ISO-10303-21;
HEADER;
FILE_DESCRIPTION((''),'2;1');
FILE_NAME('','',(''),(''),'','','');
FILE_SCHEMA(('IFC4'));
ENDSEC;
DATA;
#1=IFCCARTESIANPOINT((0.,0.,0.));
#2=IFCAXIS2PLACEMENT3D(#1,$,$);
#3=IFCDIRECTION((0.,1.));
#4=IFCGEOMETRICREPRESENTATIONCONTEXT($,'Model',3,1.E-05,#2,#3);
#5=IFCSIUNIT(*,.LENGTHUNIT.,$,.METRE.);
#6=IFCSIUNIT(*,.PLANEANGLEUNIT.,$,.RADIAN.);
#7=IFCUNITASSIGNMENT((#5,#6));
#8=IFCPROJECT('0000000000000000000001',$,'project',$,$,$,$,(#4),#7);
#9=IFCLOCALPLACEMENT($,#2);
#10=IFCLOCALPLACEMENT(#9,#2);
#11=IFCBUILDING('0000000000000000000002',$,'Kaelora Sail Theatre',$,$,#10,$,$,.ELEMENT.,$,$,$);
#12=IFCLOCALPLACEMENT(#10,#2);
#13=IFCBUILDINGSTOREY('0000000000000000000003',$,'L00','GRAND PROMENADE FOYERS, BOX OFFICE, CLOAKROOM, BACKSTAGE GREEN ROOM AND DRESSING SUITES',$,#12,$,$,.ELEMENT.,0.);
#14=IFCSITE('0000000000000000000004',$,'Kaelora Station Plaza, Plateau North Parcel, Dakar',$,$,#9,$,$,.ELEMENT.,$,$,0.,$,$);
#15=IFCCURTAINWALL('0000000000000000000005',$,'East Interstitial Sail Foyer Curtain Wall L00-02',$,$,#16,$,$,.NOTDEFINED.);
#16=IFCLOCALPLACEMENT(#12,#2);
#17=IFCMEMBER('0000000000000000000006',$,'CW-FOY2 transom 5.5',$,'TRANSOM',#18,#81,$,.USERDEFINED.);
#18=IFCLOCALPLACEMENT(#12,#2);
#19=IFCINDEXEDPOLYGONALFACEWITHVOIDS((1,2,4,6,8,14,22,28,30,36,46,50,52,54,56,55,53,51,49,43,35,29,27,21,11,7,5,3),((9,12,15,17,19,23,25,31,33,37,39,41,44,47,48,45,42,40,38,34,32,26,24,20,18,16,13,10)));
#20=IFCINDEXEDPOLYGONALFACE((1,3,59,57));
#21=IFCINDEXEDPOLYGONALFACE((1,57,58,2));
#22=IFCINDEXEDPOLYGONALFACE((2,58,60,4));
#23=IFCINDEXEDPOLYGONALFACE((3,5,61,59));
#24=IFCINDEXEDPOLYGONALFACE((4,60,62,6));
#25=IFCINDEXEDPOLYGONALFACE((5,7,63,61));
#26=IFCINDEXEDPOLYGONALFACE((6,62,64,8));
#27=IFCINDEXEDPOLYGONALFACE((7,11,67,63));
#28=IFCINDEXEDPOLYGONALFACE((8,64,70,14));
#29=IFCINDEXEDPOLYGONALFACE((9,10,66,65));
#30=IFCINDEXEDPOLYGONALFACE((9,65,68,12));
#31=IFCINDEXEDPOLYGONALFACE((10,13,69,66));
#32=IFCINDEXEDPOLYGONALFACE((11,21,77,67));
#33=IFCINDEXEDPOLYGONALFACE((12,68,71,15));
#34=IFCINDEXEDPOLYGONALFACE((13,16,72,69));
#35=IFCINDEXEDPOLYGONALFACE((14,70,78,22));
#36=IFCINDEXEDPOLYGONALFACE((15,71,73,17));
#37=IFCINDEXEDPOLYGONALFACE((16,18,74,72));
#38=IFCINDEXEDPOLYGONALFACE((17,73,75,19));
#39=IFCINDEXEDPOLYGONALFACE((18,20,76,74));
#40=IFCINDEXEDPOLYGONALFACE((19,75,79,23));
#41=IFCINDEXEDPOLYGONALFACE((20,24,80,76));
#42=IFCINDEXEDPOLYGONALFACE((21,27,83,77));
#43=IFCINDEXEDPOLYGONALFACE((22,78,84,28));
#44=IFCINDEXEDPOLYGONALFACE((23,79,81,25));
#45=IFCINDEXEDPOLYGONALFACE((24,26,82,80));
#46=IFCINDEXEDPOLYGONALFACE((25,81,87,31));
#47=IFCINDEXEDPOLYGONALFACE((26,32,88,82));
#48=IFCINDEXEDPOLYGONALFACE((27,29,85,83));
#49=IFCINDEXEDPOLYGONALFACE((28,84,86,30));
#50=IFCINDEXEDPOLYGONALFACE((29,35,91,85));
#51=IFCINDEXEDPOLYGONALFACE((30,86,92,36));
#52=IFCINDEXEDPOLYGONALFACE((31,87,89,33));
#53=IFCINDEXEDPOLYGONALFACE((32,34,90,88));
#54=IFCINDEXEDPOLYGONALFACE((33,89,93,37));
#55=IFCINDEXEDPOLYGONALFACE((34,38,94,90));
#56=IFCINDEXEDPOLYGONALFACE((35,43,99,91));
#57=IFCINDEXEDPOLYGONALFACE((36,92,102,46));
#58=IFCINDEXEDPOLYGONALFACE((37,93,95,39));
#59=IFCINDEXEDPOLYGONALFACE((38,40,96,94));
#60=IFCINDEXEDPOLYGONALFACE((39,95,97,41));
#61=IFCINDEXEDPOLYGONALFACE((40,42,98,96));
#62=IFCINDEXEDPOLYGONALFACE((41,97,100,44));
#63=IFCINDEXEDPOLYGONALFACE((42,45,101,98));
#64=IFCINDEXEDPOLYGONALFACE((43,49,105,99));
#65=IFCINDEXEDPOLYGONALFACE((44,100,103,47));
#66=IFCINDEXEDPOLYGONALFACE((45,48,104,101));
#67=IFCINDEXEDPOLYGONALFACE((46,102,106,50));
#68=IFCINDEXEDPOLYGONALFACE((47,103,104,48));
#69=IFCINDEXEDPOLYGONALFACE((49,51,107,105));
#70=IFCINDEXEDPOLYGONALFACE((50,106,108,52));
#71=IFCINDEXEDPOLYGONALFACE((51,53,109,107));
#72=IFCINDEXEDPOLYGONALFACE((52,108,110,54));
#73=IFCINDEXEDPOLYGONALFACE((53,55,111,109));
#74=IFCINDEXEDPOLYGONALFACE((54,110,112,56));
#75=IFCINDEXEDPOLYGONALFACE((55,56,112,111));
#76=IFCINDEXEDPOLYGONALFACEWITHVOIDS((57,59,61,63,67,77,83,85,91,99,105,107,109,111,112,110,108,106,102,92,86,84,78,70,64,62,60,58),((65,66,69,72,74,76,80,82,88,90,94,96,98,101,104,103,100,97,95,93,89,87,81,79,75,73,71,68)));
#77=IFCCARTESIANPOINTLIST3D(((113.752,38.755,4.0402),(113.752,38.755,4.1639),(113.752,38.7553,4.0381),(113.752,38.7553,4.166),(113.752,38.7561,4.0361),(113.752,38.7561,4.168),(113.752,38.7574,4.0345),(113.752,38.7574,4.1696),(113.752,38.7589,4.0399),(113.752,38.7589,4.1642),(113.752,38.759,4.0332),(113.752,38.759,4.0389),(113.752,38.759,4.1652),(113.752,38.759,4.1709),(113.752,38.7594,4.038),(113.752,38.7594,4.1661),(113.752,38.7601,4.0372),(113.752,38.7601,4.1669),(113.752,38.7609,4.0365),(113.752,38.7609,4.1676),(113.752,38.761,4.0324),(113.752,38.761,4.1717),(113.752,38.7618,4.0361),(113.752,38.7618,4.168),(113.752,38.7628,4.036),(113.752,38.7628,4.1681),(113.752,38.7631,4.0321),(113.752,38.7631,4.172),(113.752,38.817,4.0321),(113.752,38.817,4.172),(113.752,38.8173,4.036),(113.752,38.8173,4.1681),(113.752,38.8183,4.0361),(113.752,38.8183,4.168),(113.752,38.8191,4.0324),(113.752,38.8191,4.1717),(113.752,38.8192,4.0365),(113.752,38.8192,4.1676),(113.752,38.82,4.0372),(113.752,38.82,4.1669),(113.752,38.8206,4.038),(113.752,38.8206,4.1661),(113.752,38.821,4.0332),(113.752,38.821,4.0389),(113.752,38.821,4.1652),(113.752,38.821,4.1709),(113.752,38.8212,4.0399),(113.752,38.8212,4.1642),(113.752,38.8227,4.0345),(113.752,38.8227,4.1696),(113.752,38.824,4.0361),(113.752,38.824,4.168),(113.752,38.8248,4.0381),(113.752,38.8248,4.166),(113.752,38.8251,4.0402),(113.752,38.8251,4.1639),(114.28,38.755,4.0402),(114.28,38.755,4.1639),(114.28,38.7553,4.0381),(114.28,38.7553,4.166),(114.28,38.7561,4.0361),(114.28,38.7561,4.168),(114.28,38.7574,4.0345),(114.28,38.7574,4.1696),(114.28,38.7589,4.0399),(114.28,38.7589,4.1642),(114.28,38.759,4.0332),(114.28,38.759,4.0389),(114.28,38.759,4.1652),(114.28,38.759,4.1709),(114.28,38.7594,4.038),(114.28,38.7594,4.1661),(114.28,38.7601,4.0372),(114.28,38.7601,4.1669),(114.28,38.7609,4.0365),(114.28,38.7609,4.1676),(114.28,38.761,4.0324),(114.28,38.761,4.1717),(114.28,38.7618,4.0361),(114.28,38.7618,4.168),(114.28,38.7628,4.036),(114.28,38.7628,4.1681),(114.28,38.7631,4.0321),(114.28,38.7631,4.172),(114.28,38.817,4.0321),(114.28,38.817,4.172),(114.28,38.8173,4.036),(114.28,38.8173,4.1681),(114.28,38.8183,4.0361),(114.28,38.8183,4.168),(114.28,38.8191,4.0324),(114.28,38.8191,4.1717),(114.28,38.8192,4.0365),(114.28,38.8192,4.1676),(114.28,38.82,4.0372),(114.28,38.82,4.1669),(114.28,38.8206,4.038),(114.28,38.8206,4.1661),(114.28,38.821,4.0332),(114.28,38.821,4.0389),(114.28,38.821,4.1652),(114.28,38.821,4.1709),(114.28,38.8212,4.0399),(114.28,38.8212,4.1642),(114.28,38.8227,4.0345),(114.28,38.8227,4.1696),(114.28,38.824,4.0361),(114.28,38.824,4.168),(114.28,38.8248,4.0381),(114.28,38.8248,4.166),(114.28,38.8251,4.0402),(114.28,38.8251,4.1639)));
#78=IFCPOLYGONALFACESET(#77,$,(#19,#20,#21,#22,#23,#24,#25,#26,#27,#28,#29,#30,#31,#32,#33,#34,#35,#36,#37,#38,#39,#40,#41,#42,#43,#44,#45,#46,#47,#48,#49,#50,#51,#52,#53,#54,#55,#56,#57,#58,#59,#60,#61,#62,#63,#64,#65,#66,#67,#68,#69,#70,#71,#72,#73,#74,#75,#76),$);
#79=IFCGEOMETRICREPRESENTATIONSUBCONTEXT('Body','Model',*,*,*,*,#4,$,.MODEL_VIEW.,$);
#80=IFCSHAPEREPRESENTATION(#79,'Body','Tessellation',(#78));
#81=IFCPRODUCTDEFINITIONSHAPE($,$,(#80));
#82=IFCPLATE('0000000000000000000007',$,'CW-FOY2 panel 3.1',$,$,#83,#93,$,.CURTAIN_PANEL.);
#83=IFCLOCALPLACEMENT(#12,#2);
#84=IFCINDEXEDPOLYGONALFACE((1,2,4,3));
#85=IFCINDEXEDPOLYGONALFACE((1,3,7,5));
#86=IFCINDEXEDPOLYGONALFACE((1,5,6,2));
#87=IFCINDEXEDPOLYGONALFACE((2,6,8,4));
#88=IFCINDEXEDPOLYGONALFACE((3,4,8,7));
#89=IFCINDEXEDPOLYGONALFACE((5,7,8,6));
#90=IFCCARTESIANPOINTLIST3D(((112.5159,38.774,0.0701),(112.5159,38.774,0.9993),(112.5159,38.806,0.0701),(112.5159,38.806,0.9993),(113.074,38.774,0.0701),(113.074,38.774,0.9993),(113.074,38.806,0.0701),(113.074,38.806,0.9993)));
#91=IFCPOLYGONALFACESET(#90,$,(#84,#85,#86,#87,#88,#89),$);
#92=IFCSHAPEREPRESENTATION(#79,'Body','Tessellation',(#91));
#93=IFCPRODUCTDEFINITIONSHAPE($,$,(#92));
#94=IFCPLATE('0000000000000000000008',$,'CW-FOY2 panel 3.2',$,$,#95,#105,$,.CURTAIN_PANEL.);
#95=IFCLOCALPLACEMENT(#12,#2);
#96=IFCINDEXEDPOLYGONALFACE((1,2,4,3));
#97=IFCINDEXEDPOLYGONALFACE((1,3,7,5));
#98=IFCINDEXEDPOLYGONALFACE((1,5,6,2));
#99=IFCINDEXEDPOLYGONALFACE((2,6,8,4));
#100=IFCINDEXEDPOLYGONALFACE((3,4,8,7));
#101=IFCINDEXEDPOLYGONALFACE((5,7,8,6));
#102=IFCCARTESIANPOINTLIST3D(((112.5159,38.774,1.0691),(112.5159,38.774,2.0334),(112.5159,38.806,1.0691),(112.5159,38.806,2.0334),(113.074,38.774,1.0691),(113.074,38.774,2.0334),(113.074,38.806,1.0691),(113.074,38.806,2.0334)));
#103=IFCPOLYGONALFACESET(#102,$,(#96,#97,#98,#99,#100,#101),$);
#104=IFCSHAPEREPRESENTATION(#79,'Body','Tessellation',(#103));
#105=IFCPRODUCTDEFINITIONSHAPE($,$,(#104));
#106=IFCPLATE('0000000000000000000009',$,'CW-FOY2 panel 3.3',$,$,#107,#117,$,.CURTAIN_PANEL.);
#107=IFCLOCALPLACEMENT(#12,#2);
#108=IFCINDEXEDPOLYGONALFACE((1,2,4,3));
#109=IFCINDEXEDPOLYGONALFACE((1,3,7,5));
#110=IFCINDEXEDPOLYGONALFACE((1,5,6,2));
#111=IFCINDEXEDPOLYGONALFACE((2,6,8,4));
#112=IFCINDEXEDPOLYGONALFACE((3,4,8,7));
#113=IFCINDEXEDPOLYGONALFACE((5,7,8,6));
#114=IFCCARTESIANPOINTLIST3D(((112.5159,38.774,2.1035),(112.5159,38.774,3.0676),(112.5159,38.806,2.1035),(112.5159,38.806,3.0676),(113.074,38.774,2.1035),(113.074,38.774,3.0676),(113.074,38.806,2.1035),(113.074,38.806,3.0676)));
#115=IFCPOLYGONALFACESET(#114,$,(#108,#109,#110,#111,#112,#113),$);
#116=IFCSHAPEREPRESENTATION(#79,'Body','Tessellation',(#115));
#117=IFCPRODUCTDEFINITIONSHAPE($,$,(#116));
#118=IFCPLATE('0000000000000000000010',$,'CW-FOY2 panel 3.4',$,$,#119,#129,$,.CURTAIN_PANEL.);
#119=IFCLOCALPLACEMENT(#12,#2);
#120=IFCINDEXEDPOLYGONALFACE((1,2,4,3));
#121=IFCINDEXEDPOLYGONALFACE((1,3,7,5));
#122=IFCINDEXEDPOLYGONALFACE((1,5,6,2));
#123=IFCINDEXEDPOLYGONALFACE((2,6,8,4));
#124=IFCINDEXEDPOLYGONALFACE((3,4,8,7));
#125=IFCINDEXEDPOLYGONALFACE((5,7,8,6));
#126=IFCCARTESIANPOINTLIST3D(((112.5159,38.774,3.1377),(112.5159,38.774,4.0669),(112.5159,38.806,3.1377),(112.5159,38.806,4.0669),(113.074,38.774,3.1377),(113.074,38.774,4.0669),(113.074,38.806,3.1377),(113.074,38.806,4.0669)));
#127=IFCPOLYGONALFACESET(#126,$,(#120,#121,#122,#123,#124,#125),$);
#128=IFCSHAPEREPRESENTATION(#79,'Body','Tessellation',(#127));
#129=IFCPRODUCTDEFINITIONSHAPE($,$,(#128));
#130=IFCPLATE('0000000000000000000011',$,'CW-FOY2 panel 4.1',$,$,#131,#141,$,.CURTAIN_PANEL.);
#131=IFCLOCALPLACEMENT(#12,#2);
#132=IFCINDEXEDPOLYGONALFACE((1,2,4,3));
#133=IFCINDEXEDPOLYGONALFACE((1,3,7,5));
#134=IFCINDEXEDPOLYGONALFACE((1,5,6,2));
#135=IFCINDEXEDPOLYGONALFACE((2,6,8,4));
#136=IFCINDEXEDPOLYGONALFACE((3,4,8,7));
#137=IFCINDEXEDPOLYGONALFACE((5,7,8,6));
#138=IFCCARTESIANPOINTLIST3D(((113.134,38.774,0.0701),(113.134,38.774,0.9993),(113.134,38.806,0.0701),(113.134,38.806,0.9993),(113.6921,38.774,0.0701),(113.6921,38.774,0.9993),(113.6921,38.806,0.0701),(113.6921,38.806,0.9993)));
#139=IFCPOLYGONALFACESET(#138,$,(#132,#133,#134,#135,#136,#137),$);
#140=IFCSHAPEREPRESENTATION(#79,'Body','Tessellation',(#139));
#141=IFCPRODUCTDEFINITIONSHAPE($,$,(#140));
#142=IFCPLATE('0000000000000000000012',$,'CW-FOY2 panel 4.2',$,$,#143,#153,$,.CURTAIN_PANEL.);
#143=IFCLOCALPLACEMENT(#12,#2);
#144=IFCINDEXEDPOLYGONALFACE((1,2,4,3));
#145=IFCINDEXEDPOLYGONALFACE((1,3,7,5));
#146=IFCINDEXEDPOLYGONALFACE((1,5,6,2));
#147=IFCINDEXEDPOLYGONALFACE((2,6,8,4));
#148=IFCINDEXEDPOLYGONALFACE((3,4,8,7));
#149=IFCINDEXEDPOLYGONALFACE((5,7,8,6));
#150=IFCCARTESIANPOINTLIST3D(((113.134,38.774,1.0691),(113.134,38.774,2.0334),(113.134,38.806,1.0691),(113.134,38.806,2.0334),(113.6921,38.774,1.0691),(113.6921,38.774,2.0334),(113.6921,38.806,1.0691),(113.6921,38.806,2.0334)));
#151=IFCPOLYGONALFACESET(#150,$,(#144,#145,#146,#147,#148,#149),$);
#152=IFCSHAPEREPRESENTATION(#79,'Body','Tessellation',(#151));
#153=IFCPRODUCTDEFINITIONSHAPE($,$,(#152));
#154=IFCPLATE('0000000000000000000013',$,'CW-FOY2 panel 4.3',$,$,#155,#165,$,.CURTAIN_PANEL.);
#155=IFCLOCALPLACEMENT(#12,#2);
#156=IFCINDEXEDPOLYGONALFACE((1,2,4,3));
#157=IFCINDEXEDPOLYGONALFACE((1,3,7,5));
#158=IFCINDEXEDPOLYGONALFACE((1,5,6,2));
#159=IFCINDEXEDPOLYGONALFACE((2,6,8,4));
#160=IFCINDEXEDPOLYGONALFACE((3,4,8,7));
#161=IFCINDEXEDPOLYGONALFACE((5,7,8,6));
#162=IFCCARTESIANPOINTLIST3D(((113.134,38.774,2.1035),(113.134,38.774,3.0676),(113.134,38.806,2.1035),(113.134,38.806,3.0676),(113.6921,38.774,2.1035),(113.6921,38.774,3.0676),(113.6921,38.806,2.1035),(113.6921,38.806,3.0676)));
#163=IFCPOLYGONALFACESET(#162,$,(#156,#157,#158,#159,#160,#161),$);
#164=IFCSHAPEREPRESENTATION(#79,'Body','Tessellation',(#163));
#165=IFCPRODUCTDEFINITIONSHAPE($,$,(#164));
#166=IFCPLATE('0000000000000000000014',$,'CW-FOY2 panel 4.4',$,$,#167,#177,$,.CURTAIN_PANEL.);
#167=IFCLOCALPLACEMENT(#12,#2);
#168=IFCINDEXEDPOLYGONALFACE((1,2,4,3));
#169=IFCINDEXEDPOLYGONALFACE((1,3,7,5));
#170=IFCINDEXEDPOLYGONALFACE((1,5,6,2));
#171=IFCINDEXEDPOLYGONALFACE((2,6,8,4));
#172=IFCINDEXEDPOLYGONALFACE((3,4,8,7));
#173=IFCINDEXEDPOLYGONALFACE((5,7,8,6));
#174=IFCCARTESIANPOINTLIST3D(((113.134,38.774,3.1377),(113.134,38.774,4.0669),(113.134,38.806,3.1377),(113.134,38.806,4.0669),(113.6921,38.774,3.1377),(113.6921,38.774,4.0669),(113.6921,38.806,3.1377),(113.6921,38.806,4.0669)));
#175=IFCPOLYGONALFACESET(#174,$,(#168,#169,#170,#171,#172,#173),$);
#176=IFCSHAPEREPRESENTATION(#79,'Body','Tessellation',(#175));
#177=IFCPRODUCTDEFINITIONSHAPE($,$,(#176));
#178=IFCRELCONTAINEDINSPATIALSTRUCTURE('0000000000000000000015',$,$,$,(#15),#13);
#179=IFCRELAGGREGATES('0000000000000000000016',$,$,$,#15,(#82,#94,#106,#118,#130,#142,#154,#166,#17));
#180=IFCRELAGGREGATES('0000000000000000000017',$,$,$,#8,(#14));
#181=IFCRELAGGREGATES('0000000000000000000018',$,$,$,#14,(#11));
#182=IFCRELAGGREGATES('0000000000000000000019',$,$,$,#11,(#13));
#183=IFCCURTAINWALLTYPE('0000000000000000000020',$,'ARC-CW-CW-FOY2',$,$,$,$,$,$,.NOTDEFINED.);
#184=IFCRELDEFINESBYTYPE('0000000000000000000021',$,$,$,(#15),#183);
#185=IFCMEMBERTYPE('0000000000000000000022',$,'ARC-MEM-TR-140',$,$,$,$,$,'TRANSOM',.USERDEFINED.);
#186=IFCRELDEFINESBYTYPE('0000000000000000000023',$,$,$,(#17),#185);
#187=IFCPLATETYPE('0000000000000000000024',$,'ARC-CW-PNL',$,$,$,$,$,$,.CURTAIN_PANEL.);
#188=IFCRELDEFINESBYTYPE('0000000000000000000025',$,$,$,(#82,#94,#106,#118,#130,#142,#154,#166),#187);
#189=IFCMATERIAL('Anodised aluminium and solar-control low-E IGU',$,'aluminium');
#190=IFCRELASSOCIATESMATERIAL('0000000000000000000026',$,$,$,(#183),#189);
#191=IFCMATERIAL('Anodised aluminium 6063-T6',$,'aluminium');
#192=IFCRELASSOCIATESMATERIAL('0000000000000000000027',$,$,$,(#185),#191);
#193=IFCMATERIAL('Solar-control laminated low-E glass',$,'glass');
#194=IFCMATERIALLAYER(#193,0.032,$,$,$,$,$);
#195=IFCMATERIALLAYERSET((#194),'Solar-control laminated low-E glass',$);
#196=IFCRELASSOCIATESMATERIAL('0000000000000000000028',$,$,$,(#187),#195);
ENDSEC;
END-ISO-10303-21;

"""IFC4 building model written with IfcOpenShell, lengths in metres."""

from ifc_helpers import new_model, si_unit, direction, frame, origin, origin_2d, place, context, subcontext, project, spatial, rectangle, hollow_rectangle, extrude, material, layer, layer_set, material_profile, profile_set, type_object, element, aggregate, save


model = new_model("IFC4")

# Units and contexts
model_context = context("Model", 3, precision=1e-05, world=origin(), true_north=direction((0.0, 1.0)))
body_context = subcontext(model_context, "Body", "Model", "MODEL_VIEW")
ifc_project = project(units=[si_unit("LENGTHUNIT", "METRE"), si_unit("PLANEANGLEUNIT", "RADIAN")], contexts=[model_context])

# Site, building, storey
site_placement = place(None, origin())
site = spatial("IfcSite", under=ifc_project, at=site_placement, Name="Kaelora Station Plaza, Plateau North Parcel, Dakar", CompositionType="ELEMENT", RefElevation=0.0)
building_placement = place(site_placement, origin())
building = spatial("IfcBuilding", under=site, at=building_placement, Name="Kaelora Sail Theatre", CompositionType="ELEMENT")
storey_placement = place(building_placement, origin())
storey = spatial("IfcBuildingStorey", under=building, at=storey_placement, Name="L00", Description="GRAND PROMENADE FOYERS, BOX OFFICE, CLOAKROOM, BACKSTAGE GREEN ROOM AND DRESSING SUITES", CompositionType="ELEMENT", Elevation=0.0)

# Curtain wall, member, plates
ifc_material_1 = material(Name="Anodised aluminium and solar-control low-E IGU", Category="aluminium")
curtain_wall_type = type_object("IfcCurtainWallType", Name="ARC-CW-CW-FOY2", PredefinedType="NOTDEFINED", material=ifc_material_1)
curtain_wall_placement = place(storey_placement, origin())
curtain_wall = element("IfcCurtainWall", 1, at=curtain_wall_placement, inside=storey, type_object=curtain_wall_type, Name="East Interstitial Sail Foyer Curtain Wall L00-02", PredefinedType="NOTDEFINED")
ifc_material_2 = material(Name="Anodised aluminium 6063-T6", Category="aluminium")
ifc_material_profile_1 = material_profile(ifc_material_2, hollow_rectangle(XDim=0.0701, YDim=0.1399, WallThickness=0.0039, InnerFilletRadius=0.0039, OuterFilletRadius=0.0081, at=origin_2d()), Name="ALU-TRAN 70x140x4")
ifc_profile_set_1 = profile_set([ifc_material_profile_1], Name="Anodised aluminium 6063-T6")
member_type_1 = type_object("IfcMemberType", Name="ARC-MEM-TR-140", ElementType="TRANSOM", PredefinedType="USERDEFINED", material=ifc_profile_set_1)
member_1_placement = place(storey_placement, frame((113.752, 38.79, 4.1021), z_axis=(1.0, 0.0, 0.0), x_axis=(0.0, 1.0, 0.0)))
member_1 = element("IfcMember", 2, at=member_1_placement, type_object=member_type_1, Name="CW-FOY2 transom 5.5", ObjectType="TRANSOM", PredefinedType="USERDEFINED", context=body_context, shape_type="SweptSolid", body=[
    extrude(hollow_rectangle(XDim=0.0701, YDim=0.1399, WallThickness=0.0039, InnerFilletRadius=0.0039, OuterFilletRadius=0.0081, at=origin_2d()), origin(), (0.0, 0.0, 1.0), 0.5281),
])
ifc_material_3 = material(Name="Solar-control laminated low-E glass", Category="glass")
ifc_layer = layer(ifc_material_3, 0.032)
ifc_layer_set = layer_set([ifc_layer], Name="Solar-control laminated low-E glass")
plate_type = type_object("IfcPlateType", Name="ARC-CW-PNL", PredefinedType="CURTAIN_PANEL", material=ifc_layer_set)
plate_1_placement = place(storey_placement, frame((112.7949, 38.79, 0.0701), z_axis=(0.0, 0.0, 1.0), x_axis=(1.0, 0.0, 0.0)))
plate_1 = element("IfcPlate", 3, at=plate_1_placement, type_object=plate_type, Name="CW-FOY2 panel 3.1", PredefinedType="CURTAIN_PANEL", context=body_context, shape_type="SweptSolid", body=[
    extrude(rectangle(XDim=0.5581, YDim=0.032, at=origin_2d()), origin(), (0.0, 0.0, 1.0), 0.9292),
])
plate_2_placement = place(storey_placement, frame((112.7949, 38.79, 1.0691), z_axis=(0.0, 0.0, 1.0), x_axis=(1.0, 0.0, 0.0)))
plate_2 = element("IfcPlate", 4, at=plate_2_placement, type_object=plate_type, Name="CW-FOY2 panel 3.2", PredefinedType="CURTAIN_PANEL", context=body_context, shape_type="SweptSolid", body=[
    extrude(rectangle(XDim=0.5581, YDim=0.032, at=origin_2d()), origin(), (0.0, 0.0, 1.0), 0.9644),
])
plate_3_placement = place(storey_placement, frame((112.7949, 38.79, 2.1035), z_axis=(0.0, 0.0, 1.0), x_axis=(1.0, 0.0, 0.0)))
plate_3 = element("IfcPlate", 5, at=plate_3_placement, type_object=plate_type, Name="CW-FOY2 panel 3.3", PredefinedType="CURTAIN_PANEL", context=body_context, shape_type="SweptSolid", body=[
    extrude(rectangle(XDim=0.5581, YDim=0.032, at=origin_2d()), origin(), (0.0, 0.0, 1.0), 0.9641),
])
plate_4_placement = place(storey_placement, frame((112.7949, 38.79, 3.1377), z_axis=(0.0, 0.0, 1.0), x_axis=(1.0, 0.0, 0.0)))
plate_4 = element("IfcPlate", 6, at=plate_4_placement, type_object=plate_type, Name="CW-FOY2 panel 3.4", PredefinedType="CURTAIN_PANEL", context=body_context, shape_type="SweptSolid", body=[
    extrude(rectangle(XDim=0.5581, YDim=0.032, at=origin_2d()), origin(), (0.0, 0.0, 1.0), 0.9292),
])
plate_5_placement = place(storey_placement, frame((113.4131, 38.79, 0.0701), z_axis=(0.0, 0.0, 1.0), x_axis=(1.0, 0.0, 0.0)))
plate_5 = element("IfcPlate", 7, at=plate_5_placement, type_object=plate_type, Name="CW-FOY2 panel 4.1", PredefinedType="CURTAIN_PANEL", context=body_context, shape_type="SweptSolid", body=[
    extrude(rectangle(XDim=0.5581, YDim=0.032, at=origin_2d()), origin(), (0.0, 0.0, 1.0), 0.9292),
])
plate_6_placement = place(storey_placement, frame((113.4131, 38.79, 1.0691), z_axis=(0.0, 0.0, 1.0), x_axis=(1.0, 0.0, 0.0)))
plate_6 = element("IfcPlate", 8, at=plate_6_placement, type_object=plate_type, Name="CW-FOY2 panel 4.2", PredefinedType="CURTAIN_PANEL", context=body_context, shape_type="SweptSolid", body=[
    extrude(rectangle(XDim=0.5581, YDim=0.032, at=origin_2d()), origin(), (0.0, 0.0, 1.0), 0.9644),
])
plate_7_placement = place(storey_placement, frame((113.4131, 38.79, 2.1035), z_axis=(0.0, 0.0, 1.0), x_axis=(1.0, 0.0, 0.0)))
plate_7 = element("IfcPlate", 9, at=plate_7_placement, type_object=plate_type, Name="CW-FOY2 panel 4.3", PredefinedType="CURTAIN_PANEL", context=body_context, shape_type="SweptSolid", body=[
    extrude(rectangle(XDim=0.5581, YDim=0.032, at=origin_2d()), origin(), (0.0, 0.0, 1.0), 0.9641),
])
plate_8_placement = place(storey_placement, frame((113.4131, 38.79, 3.1377), z_axis=(0.0, 0.0, 1.0), x_axis=(1.0, 0.0, 0.0)))
plate_8 = element("IfcPlate", 10, at=plate_8_placement, type_object=plate_type, Name="CW-FOY2 panel 4.4", PredefinedType="CURTAIN_PANEL", context=body_context, shape_type="SweptSolid", body=[
    extrude(rectangle(XDim=0.5581, YDim=0.032, at=origin_2d()), origin(), (0.0, 0.0, 1.0), 0.9292),
])
aggregate(curtain_wall, [plate_1, plate_2, plate_3, plate_4, plate_5, plate_6, plate_7, plate_8, member_1])

save(model, "model.ifc")
